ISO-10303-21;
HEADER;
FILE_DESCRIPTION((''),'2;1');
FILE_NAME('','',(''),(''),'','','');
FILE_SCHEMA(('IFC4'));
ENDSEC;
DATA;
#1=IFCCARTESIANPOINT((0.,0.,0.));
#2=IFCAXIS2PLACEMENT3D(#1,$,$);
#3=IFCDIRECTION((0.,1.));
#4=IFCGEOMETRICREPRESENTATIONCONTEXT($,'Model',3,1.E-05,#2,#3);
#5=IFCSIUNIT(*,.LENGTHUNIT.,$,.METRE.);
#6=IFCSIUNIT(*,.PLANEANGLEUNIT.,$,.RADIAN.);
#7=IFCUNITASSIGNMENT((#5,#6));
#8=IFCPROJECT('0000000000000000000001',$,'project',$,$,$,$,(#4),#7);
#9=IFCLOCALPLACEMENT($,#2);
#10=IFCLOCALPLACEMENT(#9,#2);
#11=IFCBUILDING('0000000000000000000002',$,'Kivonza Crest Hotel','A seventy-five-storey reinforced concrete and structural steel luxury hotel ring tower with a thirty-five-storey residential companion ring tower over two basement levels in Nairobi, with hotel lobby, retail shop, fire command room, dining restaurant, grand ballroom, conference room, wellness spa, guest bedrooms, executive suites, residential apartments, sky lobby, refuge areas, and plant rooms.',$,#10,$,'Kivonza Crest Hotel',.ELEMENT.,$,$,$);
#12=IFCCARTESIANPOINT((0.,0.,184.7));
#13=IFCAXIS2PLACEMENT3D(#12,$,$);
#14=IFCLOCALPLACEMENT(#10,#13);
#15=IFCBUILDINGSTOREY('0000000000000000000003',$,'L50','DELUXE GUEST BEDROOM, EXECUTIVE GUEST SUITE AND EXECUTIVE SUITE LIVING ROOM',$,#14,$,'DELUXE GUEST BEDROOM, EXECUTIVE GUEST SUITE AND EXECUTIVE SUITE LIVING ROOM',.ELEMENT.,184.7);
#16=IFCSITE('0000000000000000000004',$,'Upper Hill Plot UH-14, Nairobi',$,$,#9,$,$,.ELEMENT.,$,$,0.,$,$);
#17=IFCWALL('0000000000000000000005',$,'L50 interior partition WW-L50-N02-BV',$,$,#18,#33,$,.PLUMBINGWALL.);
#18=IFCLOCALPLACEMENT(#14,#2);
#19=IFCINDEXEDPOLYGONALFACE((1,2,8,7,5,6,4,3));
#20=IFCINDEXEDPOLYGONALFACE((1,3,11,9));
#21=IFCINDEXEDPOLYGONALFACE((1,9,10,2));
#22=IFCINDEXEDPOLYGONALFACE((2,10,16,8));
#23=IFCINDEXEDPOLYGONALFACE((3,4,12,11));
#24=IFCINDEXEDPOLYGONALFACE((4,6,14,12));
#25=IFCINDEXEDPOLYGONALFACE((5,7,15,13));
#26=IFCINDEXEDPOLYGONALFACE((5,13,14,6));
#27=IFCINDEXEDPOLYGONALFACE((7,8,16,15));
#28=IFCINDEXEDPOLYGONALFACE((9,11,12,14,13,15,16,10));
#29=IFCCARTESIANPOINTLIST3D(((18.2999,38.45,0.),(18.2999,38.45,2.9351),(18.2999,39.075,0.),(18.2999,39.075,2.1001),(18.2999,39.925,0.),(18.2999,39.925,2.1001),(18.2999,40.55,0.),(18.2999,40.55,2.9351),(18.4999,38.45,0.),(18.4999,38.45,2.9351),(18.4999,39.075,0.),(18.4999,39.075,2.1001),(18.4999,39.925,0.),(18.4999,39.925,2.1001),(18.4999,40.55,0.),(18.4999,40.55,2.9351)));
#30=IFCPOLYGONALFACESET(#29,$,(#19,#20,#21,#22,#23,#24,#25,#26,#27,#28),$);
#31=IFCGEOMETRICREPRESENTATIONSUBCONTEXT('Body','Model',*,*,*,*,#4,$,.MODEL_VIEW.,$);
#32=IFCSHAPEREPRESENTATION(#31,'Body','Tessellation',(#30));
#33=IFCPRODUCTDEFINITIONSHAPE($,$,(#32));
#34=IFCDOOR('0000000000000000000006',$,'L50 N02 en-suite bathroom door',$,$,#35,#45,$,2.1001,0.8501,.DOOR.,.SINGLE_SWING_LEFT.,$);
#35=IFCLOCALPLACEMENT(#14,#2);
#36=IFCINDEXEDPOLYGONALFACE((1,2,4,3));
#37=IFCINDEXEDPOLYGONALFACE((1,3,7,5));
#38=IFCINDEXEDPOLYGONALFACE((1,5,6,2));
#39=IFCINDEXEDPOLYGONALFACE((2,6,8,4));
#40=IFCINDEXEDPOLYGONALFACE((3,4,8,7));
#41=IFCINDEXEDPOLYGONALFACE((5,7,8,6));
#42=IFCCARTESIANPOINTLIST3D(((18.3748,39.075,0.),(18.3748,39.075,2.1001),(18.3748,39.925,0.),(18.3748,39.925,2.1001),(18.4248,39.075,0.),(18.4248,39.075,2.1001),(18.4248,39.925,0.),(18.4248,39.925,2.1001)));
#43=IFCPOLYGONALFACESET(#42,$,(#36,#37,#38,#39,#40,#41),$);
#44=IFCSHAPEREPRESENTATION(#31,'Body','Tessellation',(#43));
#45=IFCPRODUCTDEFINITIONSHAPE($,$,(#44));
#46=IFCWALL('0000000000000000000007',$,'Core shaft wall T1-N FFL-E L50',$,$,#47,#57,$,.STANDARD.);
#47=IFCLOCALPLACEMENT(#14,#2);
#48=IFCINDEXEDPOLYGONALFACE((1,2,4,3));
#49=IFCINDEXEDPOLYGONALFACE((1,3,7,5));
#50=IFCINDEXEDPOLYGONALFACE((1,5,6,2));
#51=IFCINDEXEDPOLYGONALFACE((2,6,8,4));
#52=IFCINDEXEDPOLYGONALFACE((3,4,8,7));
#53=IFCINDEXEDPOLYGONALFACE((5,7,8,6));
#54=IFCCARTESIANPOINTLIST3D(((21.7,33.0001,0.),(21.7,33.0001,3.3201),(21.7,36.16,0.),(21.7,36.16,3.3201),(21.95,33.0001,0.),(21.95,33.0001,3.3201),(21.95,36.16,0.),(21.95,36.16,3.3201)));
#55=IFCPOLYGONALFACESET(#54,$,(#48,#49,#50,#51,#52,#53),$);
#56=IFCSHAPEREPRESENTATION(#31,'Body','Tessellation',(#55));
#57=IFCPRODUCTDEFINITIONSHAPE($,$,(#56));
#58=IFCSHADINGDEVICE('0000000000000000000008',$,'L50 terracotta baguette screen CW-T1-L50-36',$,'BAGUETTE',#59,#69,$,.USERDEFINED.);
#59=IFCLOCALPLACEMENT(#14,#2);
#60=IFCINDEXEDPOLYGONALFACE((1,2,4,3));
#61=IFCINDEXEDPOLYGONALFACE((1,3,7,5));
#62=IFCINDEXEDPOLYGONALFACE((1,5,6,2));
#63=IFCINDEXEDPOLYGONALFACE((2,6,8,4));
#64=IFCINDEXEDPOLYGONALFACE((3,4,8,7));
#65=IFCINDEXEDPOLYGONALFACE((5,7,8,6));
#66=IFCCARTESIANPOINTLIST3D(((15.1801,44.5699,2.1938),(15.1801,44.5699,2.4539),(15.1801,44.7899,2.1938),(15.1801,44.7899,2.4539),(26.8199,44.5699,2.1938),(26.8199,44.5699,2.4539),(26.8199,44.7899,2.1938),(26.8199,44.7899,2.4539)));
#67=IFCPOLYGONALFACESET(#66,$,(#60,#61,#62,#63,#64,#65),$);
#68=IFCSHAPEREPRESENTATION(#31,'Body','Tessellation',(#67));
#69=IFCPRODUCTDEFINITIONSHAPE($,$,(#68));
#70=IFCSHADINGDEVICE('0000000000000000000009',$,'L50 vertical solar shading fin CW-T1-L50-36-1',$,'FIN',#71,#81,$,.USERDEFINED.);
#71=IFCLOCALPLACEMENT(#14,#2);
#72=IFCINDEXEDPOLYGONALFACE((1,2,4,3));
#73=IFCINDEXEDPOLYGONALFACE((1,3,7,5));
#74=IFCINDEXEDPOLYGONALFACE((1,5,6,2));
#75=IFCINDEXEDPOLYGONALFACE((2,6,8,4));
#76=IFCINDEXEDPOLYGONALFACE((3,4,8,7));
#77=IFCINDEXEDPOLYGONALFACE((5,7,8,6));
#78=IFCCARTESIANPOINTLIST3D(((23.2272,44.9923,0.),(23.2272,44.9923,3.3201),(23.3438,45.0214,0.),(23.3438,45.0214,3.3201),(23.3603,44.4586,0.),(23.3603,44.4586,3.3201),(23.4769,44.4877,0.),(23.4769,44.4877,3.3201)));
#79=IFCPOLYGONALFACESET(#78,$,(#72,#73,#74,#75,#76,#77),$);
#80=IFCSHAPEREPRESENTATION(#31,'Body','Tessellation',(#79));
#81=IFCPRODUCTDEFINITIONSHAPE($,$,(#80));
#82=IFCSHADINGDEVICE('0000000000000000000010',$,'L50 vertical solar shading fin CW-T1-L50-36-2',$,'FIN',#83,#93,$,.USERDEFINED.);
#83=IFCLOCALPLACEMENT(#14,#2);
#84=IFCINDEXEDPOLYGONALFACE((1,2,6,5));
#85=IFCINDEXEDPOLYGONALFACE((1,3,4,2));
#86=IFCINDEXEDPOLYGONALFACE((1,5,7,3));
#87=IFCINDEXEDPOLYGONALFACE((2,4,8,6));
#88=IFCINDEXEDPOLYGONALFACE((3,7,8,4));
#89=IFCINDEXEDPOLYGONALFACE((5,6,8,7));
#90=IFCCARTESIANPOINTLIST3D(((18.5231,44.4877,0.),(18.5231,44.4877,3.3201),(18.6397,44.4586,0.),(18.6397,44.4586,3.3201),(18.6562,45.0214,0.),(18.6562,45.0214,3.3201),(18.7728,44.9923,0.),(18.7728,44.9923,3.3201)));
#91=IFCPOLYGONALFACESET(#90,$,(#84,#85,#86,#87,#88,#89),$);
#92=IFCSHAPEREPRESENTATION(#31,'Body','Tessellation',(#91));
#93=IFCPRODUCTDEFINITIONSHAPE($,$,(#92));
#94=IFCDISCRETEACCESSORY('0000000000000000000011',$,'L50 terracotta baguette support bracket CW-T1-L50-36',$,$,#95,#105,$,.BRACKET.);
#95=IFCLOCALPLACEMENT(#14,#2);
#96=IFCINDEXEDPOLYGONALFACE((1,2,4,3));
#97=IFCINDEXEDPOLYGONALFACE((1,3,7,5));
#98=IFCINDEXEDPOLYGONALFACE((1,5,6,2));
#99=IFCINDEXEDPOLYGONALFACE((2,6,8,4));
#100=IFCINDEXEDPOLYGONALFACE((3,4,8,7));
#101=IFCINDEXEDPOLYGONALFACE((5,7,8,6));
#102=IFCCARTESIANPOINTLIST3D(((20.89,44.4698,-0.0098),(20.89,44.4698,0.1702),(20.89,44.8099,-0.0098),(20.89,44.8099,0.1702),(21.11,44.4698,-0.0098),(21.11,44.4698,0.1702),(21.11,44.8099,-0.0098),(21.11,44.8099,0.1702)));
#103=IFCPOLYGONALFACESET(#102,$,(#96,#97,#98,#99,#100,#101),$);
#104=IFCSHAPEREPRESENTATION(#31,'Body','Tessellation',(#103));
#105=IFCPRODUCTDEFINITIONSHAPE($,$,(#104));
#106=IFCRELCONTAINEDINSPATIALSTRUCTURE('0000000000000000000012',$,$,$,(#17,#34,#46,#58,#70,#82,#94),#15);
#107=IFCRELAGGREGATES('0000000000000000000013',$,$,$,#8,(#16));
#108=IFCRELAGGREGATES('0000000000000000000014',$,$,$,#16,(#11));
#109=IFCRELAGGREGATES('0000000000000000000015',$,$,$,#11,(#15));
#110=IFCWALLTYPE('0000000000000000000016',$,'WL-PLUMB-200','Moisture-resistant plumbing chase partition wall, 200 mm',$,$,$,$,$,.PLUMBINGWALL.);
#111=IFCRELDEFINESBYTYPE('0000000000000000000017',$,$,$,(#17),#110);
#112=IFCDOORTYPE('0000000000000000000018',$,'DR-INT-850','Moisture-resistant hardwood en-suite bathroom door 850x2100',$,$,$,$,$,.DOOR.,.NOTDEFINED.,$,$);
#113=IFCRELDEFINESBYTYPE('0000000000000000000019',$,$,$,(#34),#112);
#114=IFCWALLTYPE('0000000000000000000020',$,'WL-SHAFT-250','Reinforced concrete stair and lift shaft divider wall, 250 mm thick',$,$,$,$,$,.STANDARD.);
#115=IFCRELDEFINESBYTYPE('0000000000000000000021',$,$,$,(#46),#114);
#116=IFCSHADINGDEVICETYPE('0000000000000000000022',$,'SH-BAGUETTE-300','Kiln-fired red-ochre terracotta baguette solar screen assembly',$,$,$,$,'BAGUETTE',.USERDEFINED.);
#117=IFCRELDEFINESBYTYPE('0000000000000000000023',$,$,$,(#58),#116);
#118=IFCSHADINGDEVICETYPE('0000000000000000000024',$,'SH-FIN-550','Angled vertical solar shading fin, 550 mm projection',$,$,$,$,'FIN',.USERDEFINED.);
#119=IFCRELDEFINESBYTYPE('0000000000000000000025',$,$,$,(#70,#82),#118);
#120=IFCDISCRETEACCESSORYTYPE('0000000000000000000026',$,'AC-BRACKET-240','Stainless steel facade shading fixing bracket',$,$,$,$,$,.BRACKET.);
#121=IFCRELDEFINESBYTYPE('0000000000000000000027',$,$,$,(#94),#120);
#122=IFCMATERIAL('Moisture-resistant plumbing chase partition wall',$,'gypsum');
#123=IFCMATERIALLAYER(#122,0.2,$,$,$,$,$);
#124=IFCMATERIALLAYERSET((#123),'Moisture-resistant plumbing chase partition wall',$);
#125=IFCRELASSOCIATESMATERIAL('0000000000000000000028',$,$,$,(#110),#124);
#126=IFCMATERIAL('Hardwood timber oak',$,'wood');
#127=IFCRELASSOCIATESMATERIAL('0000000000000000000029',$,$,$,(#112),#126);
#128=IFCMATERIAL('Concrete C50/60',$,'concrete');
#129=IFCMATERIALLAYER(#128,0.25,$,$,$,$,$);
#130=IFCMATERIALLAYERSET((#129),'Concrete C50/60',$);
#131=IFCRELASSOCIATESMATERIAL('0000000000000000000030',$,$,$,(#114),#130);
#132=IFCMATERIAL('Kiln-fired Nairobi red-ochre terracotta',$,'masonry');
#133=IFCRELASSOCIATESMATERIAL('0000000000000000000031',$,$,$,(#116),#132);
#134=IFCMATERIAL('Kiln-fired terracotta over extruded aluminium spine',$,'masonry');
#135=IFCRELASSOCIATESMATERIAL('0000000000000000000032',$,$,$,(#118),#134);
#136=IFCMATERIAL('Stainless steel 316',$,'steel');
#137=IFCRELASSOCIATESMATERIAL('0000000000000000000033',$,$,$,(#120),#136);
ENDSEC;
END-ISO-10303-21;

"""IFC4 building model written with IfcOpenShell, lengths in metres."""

from ifc_helpers import new_model, si_unit, direction, frame, frame_2d, origin, origin_2d, place, context, subcontext, project, spatial, rectangle, extrude, material, layer, layer_set, type_object, element, fill, save


model = new_model("IFC4")

# Units and contexts
model_context = context("Model", 3, precision=1e-05, world=origin(), true_north=direction((0.0, 1.0)))
body_context = subcontext(model_context, "Body", "Model", "MODEL_VIEW")
ifc_project = project(units=[si_unit("LENGTHUNIT", "METRE"), si_unit("PLANEANGLEUNIT", "RADIAN")], contexts=[model_context])

# Site, building, storey
site_placement = place(None, origin())
site = spatial("IfcSite", under=ifc_project, at=site_placement, Name="Upper Hill Plot UH-14, Nairobi", CompositionType="ELEMENT", RefElevation=0.0)
building_placement = place(site_placement, origin())
building = spatial("IfcBuilding", under=site, at=building_placement, Name="Kivonza Crest Hotel", Description="A seventy-five-storey reinforced concrete and structural steel luxury hotel ring tower with a thirty-five-storey residential companion ring tower over two basement levels in Nairobi, with hotel lobby, retail shop, fire command room, dining restaurant, grand ballroom, conference room, wellness spa, guest bedrooms, executive suites, residential apartments, sky lobby, refuge areas, and plant rooms.", LongName="Kivonza Crest Hotel", CompositionType="ELEMENT")
storey_placement = place(building_placement, frame((0.0, 0.0, 184.7)))
storey = spatial("IfcBuildingStorey", under=building, at=storey_placement, Name="L50", Description="DELUXE GUEST BEDROOM, EXECUTIVE GUEST SUITE AND EXECUTIVE SUITE LIVING ROOM", LongName="DELUXE GUEST BEDROOM, EXECUTIVE GUEST SUITE AND EXECUTIVE SUITE LIVING ROOM", CompositionType="ELEMENT", Elevation=184.7)

# Shared definitions
ifc_material_1 = material(Name="Concrete C50/60", Category="concrete")

# Shared definitions
ifc_material_2 = material(Name="Hardwood timber oak", Category="wood")

# Wall, opening, door
ifc_material_3 = material(Name="Moisture-resistant plumbing chase partition wall", Category="gypsum")
ifc_layer_1 = layer(ifc_material_3, 0.2)
ifc_layer_set_1 = layer_set([ifc_layer_1], Name="Moisture-resistant plumbing chase partition wall")
wall_type_1 = type_object("IfcWallType", Name="WL-PLUMB-200", Description="Moisture-resistant plumbing chase partition wall, 200 mm", PredefinedType="PLUMBINGWALL", material=ifc_layer_set_1)
wall_1_placement = place(storey_placement, frame((18.3999, 38.45, 0.0), z_axis=(0.0, 0.0, 1.0), x_axis=(0.0, 1.0, 0.0)))
wall_1 = element("IfcWall", 1, at=wall_1_placement, inside=storey, type_object=wall_type_1, Name="L50 interior partition WW-L50-N02-BV", PredefinedType="PLUMBINGWALL", context=body_context, shape_type="SweptSolid", body=[
    extrude(rectangle(XDim=2.1001, YDim=0.2, at=frame_2d((1.05, 0.0))), origin(), (0.0, 0.0, 1.0), 2.9351),
])
opening_1_placement = place(wall_1_placement, frame((0.625, 0.0, 0.0)))
opening_1 = element("IfcOpeningElement", 2, at=opening_1_placement, cuts=wall_1, PredefinedType="OPENING", context=body_context, shape_type="SweptSolid", body=[
    extrude(rectangle(XDim=0.8501, YDim=2.1001, at=frame_2d((0.425, 1.05))), frame((0.0, 0.1099, 0.0), z_axis=(0.0, -1.0, 0.0), x_axis=(1.0, 0.0, 0.0)), (0.0, 0.0, 1.0), 0.22),
])
door_type_1 = type_object("IfcDoorType", Name="DR-INT-850", Description="Moisture-resistant hardwood en-suite bathroom door 850x2100", OperationType="NOTDEFINED", PredefinedType="DOOR", material=ifc_material_2)
door_1_placement = place(opening_1_placement, frame((0.8501, 0.0, 0.0), z_axis=(0.0, 0.0, 1.0), x_axis=(-1.0, 0.0, 0.0)))
door_1 = element("IfcDoor", 3, at=door_1_placement, inside=storey, type_object=door_type_1, Name="L50 N02 en-suite bathroom door", OperationType="SINGLE_SWING_LEFT", OverallHeight=2.1001, OverallWidth=0.8501, PredefinedType="DOOR", context=body_context, shape_type="SweptSolid", body=[
    extrude(rectangle(XDim=0.8501, YDim=2.1001, at=frame_2d((0.425, 1.05))), frame((0.0, 0.0249, 0.0), z_axis=(0.0, -1.0, 0.0), x_axis=(1.0, 0.0, 0.0)), (0.0, 0.0, 1.0), 0.05),
])
fill(opening_1, door_1)
ifc_layer_2 = layer(ifc_material_1, 0.25)
ifc_layer_set_2 = layer_set([ifc_layer_2], Name="Concrete C50/60")
wall_type_2 = type_object("IfcWallType", Name="WL-SHAFT-250", Description="Reinforced concrete stair and lift shaft divider wall, 250 mm thick", PredefinedType="STANDARD", material=ifc_layer_set_2)

# Wall
wall_2_placement = place(storey_placement, frame((21.825, 33.0, 0.0), z_axis=(0.0, 0.0, 1.0), x_axis=(0.0, 1.0, 0.0)))
element("IfcWall", 4, at=wall_2_placement, inside=storey, type_object=wall_type_2, Name="Core shaft wall T1-N FFL-E L50", PredefinedType="STANDARD", context=body_context, shape_type="SweptSolid", body=[
    extrude(rectangle(XDim=3.1599, YDim=0.25, at=frame_2d((1.5801, 0.0))), origin(), (0.0, 0.0, 1.0), 3.3201),
])

# Shading devices
ifc_material_4 = material(Name="Kiln-fired Nairobi red-ochre terracotta", Category="masonry")
shading_device_type_1 = type_object("IfcShadingDeviceType", Name="SH-BAGUETTE-300", Description="Kiln-fired red-ochre terracotta baguette solar screen assembly", ElementType="BAGUETTE", PredefinedType="USERDEFINED", material=ifc_material_4)
shading_device_placement = place(storey_placement, frame((21.0, 44.6799, 2.1938), z_axis=(0.0, 0.0, 1.0), x_axis=(-1.0, 0.0, 0.0)))
element("IfcShadingDevice", 5, at=shading_device_placement, inside=storey, type_object=shading_device_type_1, Name="L50 terracotta baguette screen CW-T1-L50-36", ObjectType="BAGUETTE", PredefinedType="USERDEFINED", context=body_context, shape_type="SweptSolid", body=[
    extrude(rectangle(XDim=11.6399, YDim=0.22, at=origin_2d()), origin(), (0.0, 0.0, 1.0), 0.26),
])
ifc_material_5 = material(Name="Kiln-fired terracotta over extruded aluminium spine", Category="masonry")
shading_device_type_2 = type_object("IfcShadingDeviceType", Name="SH-FIN-550", Description="Angled vertical solar shading fin, 550 mm projection", ElementType="FIN", PredefinedType="USERDEFINED", material=ifc_material_5)
for number, where, z_axis, x_axis, name in (
    (6, (23.3521, 44.74, 0.0), (0.0, 0.0, 1.0), (-0.970296, -0.241922, 0.0), "L50 vertical solar shading fin CW-T1-L50-36-1"),
    (7, (18.6479, 44.74, 0.0), (0.0, 0.0, 1.0), (-0.970296, 0.241922, 0.0), "L50 vertical solar shading fin CW-T1-L50-36-2"),
):
    element("IfcShadingDevice", number, at=place(storey_placement, frame(where, z_axis=z_axis, x_axis=x_axis)), inside=storey, type_object=shading_device_type_2, Name=name, ObjectType="FIN", PredefinedType="USERDEFINED", context=body_context, shape_type="SweptSolid", body=[
        extrude(rectangle(XDim=0.1201, YDim=0.55, at=origin_2d()), origin(), (0.0, 0.0, 1.0), 3.3201),
    ])

# Discrete accessory
ifc_material_6 = material(Name="Stainless steel 316", Category="steel")
discrete_accessory_type = type_object("IfcDiscreteAccessoryType", Name="AC-BRACKET-240", Description="Stainless steel facade shading fixing bracket", PredefinedType="BRACKET", material=ifc_material_6)
discrete_accessory_placement = place(storey_placement, frame((21.0, 44.6399, -0.0098), z_axis=(0.0, 0.0, 1.0), x_axis=(-1.0, 0.0, 0.0)))
element("IfcDiscreteAccessory", 8, at=discrete_accessory_placement, inside=storey, type_object=discrete_accessory_type, Name="L50 terracotta baguette support bracket CW-T1-L50-36", PredefinedType="BRACKET", context=body_context, shape_type="SweptSolid", body=[
    extrude(rectangle(XDim=0.22, YDim=0.3401, at=origin_2d()), origin(), (0.0, 0.0, 1.0), 0.1799),
])

save(model, "model.ifc")
